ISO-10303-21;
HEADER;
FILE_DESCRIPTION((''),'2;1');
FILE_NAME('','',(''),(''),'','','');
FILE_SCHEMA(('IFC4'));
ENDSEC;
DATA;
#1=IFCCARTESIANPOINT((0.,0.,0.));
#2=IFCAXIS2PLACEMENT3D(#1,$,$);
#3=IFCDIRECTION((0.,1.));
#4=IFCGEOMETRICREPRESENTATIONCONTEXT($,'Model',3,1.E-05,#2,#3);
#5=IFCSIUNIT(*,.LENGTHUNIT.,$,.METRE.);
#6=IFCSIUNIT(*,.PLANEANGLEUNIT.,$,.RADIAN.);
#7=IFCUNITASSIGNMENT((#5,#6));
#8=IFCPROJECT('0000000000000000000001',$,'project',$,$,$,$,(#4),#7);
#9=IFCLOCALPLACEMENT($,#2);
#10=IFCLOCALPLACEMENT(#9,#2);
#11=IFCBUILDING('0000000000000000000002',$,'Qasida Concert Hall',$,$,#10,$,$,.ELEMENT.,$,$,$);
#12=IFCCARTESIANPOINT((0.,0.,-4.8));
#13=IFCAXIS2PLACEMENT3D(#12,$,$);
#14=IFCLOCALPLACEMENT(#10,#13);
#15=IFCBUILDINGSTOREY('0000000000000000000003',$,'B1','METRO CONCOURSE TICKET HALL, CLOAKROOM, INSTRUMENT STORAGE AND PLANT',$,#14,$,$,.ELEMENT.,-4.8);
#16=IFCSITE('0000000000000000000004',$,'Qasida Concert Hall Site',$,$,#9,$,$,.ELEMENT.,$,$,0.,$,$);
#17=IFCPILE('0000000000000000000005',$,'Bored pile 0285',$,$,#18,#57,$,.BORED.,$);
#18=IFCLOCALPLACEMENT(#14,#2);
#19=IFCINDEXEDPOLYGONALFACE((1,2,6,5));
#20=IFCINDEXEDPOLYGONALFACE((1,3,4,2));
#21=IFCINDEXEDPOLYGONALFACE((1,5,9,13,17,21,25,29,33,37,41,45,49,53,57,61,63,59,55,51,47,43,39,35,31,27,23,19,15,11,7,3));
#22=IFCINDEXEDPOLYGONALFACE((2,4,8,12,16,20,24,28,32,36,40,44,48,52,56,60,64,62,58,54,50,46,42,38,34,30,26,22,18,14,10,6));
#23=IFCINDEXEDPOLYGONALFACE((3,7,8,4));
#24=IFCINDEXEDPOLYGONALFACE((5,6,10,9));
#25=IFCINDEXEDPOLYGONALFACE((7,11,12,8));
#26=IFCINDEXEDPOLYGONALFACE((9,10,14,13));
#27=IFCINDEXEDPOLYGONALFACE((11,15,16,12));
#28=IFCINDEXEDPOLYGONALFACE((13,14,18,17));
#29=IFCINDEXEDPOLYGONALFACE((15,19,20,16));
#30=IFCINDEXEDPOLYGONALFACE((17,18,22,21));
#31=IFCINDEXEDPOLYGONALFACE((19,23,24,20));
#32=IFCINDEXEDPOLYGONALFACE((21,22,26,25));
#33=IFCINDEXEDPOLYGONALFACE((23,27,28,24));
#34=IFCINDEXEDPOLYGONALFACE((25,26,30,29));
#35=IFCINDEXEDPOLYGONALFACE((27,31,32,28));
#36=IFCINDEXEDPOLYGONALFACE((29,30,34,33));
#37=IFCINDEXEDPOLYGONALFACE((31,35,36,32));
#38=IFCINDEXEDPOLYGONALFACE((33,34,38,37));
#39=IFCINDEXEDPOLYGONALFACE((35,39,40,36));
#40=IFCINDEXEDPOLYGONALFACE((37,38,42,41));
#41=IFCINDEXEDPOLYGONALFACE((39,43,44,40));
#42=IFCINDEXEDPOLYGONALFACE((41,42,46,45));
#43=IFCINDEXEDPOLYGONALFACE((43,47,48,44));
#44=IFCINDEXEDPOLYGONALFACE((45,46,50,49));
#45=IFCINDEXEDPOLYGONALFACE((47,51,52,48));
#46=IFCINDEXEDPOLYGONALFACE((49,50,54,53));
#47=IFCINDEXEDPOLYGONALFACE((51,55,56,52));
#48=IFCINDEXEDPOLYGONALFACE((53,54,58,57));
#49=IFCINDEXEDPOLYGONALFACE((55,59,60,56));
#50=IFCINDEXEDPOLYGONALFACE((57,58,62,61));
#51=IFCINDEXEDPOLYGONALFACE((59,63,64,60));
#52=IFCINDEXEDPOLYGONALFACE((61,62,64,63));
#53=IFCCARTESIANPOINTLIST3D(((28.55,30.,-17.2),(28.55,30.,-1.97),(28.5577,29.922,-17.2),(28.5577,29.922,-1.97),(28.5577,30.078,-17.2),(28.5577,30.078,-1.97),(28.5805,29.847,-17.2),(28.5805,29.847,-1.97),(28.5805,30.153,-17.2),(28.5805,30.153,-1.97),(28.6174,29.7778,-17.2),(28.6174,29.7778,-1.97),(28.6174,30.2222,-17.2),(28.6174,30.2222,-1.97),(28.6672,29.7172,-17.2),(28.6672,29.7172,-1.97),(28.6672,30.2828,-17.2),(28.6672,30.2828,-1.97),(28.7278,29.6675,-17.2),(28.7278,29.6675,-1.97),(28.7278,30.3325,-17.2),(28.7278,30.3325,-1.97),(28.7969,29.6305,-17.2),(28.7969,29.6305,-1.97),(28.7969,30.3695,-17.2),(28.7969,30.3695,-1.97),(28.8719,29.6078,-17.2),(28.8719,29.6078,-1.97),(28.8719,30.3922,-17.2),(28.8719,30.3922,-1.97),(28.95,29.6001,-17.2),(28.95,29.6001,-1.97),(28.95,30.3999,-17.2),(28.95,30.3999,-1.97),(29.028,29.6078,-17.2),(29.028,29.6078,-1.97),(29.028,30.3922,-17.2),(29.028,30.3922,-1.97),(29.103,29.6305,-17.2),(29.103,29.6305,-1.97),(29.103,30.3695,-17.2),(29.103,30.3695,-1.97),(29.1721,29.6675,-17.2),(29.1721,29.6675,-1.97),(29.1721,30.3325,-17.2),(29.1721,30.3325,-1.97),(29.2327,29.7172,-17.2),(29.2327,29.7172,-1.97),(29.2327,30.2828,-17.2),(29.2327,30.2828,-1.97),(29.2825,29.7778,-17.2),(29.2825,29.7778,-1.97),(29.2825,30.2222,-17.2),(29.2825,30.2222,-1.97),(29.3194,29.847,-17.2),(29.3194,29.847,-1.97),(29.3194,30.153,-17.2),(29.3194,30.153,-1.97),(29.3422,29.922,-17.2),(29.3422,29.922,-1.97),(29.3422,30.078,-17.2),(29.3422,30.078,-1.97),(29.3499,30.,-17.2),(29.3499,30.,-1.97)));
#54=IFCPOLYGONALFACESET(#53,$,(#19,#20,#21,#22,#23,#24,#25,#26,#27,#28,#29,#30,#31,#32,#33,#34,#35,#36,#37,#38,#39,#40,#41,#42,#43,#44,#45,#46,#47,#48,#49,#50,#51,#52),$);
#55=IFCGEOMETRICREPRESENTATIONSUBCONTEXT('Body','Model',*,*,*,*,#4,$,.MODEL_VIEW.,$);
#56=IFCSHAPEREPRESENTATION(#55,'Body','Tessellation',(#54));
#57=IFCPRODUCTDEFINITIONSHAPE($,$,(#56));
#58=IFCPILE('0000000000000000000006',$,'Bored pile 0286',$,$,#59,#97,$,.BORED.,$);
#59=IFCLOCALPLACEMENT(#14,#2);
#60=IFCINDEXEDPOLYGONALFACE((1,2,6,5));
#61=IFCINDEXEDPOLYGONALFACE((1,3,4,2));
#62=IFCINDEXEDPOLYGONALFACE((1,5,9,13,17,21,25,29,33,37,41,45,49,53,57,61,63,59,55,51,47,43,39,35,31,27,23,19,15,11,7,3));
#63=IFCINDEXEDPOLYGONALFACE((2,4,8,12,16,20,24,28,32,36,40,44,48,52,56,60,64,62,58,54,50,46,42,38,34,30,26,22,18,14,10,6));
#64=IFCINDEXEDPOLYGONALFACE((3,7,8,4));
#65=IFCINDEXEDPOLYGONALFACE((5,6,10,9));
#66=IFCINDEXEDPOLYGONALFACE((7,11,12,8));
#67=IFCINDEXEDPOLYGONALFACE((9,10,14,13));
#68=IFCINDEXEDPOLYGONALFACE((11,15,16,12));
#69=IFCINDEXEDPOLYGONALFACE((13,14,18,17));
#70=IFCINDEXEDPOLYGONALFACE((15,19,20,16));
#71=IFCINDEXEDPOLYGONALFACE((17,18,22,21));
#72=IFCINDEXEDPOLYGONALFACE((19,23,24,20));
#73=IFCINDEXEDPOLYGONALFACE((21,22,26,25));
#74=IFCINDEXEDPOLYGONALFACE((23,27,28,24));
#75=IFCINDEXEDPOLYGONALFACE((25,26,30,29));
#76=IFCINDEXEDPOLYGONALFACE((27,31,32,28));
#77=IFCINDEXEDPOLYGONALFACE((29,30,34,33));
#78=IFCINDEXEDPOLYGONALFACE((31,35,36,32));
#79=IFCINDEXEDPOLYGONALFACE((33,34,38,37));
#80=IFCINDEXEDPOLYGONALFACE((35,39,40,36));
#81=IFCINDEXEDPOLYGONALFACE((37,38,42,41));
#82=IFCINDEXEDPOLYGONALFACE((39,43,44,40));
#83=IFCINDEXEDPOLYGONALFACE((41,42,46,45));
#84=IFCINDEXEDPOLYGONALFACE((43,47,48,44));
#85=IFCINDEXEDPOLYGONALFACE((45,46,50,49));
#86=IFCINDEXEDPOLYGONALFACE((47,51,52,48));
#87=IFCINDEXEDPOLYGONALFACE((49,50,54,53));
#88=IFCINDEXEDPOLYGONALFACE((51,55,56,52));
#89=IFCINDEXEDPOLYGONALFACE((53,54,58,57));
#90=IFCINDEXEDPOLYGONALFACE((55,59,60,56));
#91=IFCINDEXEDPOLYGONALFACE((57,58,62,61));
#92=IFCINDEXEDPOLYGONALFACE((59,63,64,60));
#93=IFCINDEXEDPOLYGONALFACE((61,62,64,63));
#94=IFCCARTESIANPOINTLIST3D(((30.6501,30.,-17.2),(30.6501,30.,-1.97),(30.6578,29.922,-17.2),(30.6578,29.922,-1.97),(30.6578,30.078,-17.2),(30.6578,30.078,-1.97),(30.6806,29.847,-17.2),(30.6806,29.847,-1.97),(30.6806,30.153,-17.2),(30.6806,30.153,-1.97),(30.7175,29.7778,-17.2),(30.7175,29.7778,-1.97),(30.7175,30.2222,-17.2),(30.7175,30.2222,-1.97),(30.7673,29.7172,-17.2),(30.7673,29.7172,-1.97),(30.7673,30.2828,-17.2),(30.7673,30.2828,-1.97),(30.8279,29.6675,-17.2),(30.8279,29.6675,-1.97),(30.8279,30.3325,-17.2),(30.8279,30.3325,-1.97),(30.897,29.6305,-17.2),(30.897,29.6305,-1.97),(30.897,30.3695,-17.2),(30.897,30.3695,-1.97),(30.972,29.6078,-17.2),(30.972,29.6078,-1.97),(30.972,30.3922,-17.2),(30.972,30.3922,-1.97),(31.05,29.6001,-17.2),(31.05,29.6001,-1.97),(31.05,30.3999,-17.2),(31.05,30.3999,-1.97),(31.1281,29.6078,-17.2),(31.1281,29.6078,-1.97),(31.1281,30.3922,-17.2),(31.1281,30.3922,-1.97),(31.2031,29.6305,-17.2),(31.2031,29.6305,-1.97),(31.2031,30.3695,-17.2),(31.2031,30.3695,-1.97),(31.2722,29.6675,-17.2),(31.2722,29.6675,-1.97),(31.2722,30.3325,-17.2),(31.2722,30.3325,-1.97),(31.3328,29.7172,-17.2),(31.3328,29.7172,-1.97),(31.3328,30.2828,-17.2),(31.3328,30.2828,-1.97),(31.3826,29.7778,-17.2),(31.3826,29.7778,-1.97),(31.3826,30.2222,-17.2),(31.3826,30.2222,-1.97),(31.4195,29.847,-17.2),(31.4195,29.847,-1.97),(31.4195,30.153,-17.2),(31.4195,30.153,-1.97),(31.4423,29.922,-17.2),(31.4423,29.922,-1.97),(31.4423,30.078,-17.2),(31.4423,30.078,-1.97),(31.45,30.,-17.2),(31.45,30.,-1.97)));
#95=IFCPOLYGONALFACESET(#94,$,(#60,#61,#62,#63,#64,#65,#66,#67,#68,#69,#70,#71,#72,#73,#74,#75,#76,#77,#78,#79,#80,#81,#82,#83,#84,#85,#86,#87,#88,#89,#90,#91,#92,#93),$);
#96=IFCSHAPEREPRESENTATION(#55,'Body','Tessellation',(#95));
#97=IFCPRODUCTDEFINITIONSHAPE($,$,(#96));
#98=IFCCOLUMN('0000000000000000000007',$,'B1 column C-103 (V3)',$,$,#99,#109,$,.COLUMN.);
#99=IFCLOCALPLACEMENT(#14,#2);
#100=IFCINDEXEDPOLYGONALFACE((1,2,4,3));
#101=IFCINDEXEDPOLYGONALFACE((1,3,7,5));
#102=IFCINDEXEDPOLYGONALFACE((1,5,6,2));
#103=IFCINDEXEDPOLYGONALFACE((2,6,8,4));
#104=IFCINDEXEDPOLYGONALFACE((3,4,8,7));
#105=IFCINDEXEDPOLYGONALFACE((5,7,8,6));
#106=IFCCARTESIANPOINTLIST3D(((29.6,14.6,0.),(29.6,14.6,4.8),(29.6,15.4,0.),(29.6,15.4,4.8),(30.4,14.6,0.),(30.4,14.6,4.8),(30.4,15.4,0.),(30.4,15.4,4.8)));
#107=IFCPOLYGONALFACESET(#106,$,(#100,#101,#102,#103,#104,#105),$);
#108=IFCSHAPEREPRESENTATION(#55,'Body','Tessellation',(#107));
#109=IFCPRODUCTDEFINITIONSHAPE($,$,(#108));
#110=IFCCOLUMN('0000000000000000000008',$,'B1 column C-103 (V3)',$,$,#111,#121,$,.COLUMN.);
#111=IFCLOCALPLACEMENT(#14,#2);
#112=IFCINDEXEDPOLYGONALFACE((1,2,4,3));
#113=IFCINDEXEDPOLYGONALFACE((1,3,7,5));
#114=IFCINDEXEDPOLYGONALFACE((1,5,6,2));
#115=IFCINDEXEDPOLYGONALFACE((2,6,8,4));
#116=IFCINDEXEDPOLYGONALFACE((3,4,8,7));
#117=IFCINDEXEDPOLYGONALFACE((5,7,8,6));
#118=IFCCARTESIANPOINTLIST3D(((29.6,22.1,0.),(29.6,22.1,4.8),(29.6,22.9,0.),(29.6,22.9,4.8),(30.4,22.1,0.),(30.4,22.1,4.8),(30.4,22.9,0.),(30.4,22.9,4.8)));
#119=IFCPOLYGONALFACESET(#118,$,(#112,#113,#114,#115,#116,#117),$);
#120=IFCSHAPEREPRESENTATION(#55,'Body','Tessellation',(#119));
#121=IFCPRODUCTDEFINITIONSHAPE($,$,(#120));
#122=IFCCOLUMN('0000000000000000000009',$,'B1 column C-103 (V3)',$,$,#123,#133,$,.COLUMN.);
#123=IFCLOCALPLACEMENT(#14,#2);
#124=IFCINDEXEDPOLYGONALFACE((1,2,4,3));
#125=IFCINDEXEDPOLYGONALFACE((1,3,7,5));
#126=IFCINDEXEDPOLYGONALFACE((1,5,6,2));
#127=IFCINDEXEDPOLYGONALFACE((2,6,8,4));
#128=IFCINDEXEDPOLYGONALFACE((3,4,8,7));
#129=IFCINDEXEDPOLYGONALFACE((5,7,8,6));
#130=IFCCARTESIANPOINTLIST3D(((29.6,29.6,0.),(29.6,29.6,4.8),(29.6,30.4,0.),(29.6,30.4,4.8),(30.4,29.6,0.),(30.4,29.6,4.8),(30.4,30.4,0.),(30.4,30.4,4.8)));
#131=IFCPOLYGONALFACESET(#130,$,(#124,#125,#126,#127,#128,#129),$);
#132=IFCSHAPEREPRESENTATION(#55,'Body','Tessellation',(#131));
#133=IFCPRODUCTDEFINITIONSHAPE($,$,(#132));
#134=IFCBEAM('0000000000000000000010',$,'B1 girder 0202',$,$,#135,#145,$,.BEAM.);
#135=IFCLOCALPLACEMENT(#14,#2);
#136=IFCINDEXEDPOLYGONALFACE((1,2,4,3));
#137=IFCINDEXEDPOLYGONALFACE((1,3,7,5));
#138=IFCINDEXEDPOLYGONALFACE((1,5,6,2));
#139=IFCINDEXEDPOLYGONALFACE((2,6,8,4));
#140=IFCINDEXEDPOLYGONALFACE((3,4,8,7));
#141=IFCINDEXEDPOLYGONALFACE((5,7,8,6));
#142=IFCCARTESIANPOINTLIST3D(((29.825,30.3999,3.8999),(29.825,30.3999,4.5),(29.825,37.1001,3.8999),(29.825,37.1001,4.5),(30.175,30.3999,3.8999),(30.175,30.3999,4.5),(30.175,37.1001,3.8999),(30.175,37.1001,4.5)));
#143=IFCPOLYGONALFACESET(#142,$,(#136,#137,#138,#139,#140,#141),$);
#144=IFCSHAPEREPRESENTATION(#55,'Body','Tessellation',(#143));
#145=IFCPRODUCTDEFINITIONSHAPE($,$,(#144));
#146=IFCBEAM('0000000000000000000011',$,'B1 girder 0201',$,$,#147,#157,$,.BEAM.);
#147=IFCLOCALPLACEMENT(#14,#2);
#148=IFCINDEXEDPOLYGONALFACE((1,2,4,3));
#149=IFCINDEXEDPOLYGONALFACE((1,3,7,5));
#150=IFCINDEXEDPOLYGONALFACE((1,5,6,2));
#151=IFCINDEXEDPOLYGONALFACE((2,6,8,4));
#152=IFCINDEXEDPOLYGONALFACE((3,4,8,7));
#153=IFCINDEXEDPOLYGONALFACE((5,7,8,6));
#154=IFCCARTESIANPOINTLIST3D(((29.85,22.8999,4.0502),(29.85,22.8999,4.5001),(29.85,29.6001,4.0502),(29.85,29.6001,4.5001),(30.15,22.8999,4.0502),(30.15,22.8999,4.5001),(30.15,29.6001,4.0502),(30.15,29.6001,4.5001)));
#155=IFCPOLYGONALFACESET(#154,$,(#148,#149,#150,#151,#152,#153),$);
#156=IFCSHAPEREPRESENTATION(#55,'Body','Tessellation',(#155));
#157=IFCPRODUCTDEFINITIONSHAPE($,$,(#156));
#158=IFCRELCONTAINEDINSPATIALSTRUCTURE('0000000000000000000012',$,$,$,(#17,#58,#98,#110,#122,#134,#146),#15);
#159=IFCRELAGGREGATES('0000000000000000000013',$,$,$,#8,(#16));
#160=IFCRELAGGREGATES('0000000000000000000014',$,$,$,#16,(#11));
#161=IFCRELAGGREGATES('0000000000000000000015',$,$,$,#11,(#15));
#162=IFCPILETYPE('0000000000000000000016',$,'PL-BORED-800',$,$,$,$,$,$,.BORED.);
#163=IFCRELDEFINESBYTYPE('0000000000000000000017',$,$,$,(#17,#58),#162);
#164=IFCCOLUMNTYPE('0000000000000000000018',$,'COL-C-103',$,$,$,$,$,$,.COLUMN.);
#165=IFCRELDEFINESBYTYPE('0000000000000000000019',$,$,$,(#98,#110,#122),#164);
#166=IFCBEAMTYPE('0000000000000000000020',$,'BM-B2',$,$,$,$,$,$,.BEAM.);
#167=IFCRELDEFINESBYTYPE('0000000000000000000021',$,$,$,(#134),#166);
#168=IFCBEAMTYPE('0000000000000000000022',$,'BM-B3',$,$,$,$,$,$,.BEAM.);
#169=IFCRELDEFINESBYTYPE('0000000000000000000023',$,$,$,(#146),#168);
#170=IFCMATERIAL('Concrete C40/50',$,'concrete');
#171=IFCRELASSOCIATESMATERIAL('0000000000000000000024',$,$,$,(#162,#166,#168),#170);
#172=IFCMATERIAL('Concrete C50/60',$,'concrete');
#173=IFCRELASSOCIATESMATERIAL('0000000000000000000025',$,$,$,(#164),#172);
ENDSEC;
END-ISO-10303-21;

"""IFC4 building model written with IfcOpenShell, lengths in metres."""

from ifc_helpers import new_model, si_unit, direction, frame, origin, origin_2d, place, context, subcontext, project, spatial, rectangle, circle, extrude, material, material_profile, profile_set, type_object, element, save


model = new_model("IFC4")

# Units and contexts
model_context = context("Model", 3, precision=1e-05, world=origin(), true_north=direction((0.0, 1.0)))
body_context = subcontext(model_context, "Body", "Model", "MODEL_VIEW")
ifc_project = project(units=[si_unit("LENGTHUNIT", "METRE"), si_unit("PLANEANGLEUNIT", "RADIAN")], contexts=[model_context])

# Site, building, storey
site_placement = place(None, origin())
site = spatial("IfcSite", under=ifc_project, at=site_placement, Name="Qasida Concert Hall Site", CompositionType="ELEMENT", RefElevation=0.0)
building_placement = place(site_placement, origin())
building = spatial("IfcBuilding", under=site, at=building_placement, Name="Qasida Concert Hall", CompositionType="ELEMENT")
storey_placement = place(building_placement, frame((0.0, 0.0, -4.8)))
storey = spatial("IfcBuildingStorey", under=building, at=storey_placement, Name="B1", Description="METRO CONCOURSE TICKET HALL, CLOAKROOM, INSTRUMENT STORAGE AND PLANT", CompositionType="ELEMENT", Elevation=-4.8)

# Shared definitions
ifc_material_1 = material(Name="Concrete C40/50", Category="concrete")

# Piles
ifc_material_profile_1 = material_profile(ifc_material_1, circle(Radius=0.3999, at=origin_2d()), Name="BORED PILE D800")
ifc_profile_set_1 = profile_set([ifc_material_profile_1], Name="Concrete C40/50")
pile_type = type_object("IfcPileType", Name="PL-BORED-800", PredefinedType="BORED", material=ifc_profile_set_1)
for number, where, z_axis, x_axis, name in (
    (1, (28.95, 30.0, -1.97), (0.0, 0.0, -1.0), (1.0, 0.0, 0.0), "Bored pile 0285"),
    (2, (31.05, 30.0, -1.97), (0.0, 0.0, -1.0), (1.0, 0.0, 0.0), "Bored pile 0286"),
):
    element("IfcPile", number, at=place(storey_placement, frame(where, z_axis=z_axis, x_axis=x_axis)), inside=storey, type_object=pile_type, Name=name, PredefinedType="BORED", context=body_context, shape_type="SweptSolid", body=[
        extrude(circle(Radius=0.3999, at=origin_2d()), origin(), (0.0, 0.0, 1.0), 15.23),
    ])

# Columns
ifc_material_2 = material(Name="Concrete C50/60", Category="concrete")
ifc_material_profile_2 = material_profile(ifc_material_2, rectangle(XDim=0.8, YDim=0.8, at=origin_2d()), Name="RC 800x800")
ifc_profile_set_2 = profile_set([ifc_material_profile_2], Name="Concrete C50/60")
column_type = type_object("IfcColumnType", Name="COL-C-103", PredefinedType="COLUMN", material=ifc_profile_set_2)
for number, where, z_axis, x_axis, name in (
    (3, (30.0, 15.0, 0.0), (0.0, 0.0, 1.0), (1.0, 0.0, 0.0), "B1 column C-103 (V3)"),
    (4, (30.0, 22.5, 0.0), (0.0, 0.0, 1.0), (1.0, 0.0, 0.0), "B1 column C-103 (V3)"),
    (5, (30.0, 30.0, 0.0), (0.0, 0.0, 1.0), (1.0, 0.0, 0.0), "B1 column C-103 (V3)"),
):
    element("IfcColumn", number, at=place(storey_placement, frame(where, z_axis=z_axis, x_axis=x_axis)), inside=storey, type_object=column_type, Name=name, PredefinedType="COLUMN", context=body_context, shape_type="SweptSolid", body=[
        extrude(rectangle(XDim=0.8, YDim=0.8, at=origin_2d()), origin(), (0.0, 0.0, 1.0), 4.8),
    ])

# Beams
ifc_material_profile_3 = material_profile(ifc_material_1, rectangle(XDim=0.3501, YDim=0.6001, at=origin_2d()), Name="RC 350x600")
ifc_profile_set_3 = profile_set([ifc_material_profile_3], Name="Concrete C40/50")
beam_type_1 = type_object("IfcBeamType", Name="BM-B2", PredefinedType="BEAM", material=ifc_profile_set_3)
beam_1_placement = place(storey_placement, frame((30.0, 30.3999, 4.2), z_axis=(0.0, 1.0, 0.0), x_axis=(-1.0, 0.0, 0.0)))
element("IfcBeam", 6, at=beam_1_placement, inside=storey, type_object=beam_type_1, Name="B1 girder 0202", PredefinedType="BEAM", context=body_context, shape_type="SweptSolid", body=[
    extrude(rectangle(XDim=0.3501, YDim=0.6001, at=origin_2d()), origin(), (0.0, 0.0, 1.0), 6.7002),
])
ifc_material_profile_4 = material_profile(ifc_material_1, rectangle(XDim=0.3, YDim=0.45, at=origin_2d()), Name="RC 300x450")
ifc_profile_set_4 = profile_set([ifc_material_profile_4], Name="Concrete C40/50")
beam_type_2 = type_object("IfcBeamType", Name="BM-B3", PredefinedType="BEAM", material=ifc_profile_set_4)
beam_2_placement = place(storey_placement, frame((30.0, 22.8999, 4.2751), z_axis=(0.0, 1.0, 0.0), x_axis=(-1.0, 0.0, 0.0)))
element("IfcBeam", 7, at=beam_2_placement, inside=storey, type_object=beam_type_2, Name="B1 girder 0201", PredefinedType="BEAM", context=body_context, shape_type="SweptSolid", body=[
    extrude(rectangle(XDim=0.3, YDim=0.45, at=origin_2d()), origin(), (0.0, 0.0, 1.0), 6.7002),
])

save(model, "model.ifc")
